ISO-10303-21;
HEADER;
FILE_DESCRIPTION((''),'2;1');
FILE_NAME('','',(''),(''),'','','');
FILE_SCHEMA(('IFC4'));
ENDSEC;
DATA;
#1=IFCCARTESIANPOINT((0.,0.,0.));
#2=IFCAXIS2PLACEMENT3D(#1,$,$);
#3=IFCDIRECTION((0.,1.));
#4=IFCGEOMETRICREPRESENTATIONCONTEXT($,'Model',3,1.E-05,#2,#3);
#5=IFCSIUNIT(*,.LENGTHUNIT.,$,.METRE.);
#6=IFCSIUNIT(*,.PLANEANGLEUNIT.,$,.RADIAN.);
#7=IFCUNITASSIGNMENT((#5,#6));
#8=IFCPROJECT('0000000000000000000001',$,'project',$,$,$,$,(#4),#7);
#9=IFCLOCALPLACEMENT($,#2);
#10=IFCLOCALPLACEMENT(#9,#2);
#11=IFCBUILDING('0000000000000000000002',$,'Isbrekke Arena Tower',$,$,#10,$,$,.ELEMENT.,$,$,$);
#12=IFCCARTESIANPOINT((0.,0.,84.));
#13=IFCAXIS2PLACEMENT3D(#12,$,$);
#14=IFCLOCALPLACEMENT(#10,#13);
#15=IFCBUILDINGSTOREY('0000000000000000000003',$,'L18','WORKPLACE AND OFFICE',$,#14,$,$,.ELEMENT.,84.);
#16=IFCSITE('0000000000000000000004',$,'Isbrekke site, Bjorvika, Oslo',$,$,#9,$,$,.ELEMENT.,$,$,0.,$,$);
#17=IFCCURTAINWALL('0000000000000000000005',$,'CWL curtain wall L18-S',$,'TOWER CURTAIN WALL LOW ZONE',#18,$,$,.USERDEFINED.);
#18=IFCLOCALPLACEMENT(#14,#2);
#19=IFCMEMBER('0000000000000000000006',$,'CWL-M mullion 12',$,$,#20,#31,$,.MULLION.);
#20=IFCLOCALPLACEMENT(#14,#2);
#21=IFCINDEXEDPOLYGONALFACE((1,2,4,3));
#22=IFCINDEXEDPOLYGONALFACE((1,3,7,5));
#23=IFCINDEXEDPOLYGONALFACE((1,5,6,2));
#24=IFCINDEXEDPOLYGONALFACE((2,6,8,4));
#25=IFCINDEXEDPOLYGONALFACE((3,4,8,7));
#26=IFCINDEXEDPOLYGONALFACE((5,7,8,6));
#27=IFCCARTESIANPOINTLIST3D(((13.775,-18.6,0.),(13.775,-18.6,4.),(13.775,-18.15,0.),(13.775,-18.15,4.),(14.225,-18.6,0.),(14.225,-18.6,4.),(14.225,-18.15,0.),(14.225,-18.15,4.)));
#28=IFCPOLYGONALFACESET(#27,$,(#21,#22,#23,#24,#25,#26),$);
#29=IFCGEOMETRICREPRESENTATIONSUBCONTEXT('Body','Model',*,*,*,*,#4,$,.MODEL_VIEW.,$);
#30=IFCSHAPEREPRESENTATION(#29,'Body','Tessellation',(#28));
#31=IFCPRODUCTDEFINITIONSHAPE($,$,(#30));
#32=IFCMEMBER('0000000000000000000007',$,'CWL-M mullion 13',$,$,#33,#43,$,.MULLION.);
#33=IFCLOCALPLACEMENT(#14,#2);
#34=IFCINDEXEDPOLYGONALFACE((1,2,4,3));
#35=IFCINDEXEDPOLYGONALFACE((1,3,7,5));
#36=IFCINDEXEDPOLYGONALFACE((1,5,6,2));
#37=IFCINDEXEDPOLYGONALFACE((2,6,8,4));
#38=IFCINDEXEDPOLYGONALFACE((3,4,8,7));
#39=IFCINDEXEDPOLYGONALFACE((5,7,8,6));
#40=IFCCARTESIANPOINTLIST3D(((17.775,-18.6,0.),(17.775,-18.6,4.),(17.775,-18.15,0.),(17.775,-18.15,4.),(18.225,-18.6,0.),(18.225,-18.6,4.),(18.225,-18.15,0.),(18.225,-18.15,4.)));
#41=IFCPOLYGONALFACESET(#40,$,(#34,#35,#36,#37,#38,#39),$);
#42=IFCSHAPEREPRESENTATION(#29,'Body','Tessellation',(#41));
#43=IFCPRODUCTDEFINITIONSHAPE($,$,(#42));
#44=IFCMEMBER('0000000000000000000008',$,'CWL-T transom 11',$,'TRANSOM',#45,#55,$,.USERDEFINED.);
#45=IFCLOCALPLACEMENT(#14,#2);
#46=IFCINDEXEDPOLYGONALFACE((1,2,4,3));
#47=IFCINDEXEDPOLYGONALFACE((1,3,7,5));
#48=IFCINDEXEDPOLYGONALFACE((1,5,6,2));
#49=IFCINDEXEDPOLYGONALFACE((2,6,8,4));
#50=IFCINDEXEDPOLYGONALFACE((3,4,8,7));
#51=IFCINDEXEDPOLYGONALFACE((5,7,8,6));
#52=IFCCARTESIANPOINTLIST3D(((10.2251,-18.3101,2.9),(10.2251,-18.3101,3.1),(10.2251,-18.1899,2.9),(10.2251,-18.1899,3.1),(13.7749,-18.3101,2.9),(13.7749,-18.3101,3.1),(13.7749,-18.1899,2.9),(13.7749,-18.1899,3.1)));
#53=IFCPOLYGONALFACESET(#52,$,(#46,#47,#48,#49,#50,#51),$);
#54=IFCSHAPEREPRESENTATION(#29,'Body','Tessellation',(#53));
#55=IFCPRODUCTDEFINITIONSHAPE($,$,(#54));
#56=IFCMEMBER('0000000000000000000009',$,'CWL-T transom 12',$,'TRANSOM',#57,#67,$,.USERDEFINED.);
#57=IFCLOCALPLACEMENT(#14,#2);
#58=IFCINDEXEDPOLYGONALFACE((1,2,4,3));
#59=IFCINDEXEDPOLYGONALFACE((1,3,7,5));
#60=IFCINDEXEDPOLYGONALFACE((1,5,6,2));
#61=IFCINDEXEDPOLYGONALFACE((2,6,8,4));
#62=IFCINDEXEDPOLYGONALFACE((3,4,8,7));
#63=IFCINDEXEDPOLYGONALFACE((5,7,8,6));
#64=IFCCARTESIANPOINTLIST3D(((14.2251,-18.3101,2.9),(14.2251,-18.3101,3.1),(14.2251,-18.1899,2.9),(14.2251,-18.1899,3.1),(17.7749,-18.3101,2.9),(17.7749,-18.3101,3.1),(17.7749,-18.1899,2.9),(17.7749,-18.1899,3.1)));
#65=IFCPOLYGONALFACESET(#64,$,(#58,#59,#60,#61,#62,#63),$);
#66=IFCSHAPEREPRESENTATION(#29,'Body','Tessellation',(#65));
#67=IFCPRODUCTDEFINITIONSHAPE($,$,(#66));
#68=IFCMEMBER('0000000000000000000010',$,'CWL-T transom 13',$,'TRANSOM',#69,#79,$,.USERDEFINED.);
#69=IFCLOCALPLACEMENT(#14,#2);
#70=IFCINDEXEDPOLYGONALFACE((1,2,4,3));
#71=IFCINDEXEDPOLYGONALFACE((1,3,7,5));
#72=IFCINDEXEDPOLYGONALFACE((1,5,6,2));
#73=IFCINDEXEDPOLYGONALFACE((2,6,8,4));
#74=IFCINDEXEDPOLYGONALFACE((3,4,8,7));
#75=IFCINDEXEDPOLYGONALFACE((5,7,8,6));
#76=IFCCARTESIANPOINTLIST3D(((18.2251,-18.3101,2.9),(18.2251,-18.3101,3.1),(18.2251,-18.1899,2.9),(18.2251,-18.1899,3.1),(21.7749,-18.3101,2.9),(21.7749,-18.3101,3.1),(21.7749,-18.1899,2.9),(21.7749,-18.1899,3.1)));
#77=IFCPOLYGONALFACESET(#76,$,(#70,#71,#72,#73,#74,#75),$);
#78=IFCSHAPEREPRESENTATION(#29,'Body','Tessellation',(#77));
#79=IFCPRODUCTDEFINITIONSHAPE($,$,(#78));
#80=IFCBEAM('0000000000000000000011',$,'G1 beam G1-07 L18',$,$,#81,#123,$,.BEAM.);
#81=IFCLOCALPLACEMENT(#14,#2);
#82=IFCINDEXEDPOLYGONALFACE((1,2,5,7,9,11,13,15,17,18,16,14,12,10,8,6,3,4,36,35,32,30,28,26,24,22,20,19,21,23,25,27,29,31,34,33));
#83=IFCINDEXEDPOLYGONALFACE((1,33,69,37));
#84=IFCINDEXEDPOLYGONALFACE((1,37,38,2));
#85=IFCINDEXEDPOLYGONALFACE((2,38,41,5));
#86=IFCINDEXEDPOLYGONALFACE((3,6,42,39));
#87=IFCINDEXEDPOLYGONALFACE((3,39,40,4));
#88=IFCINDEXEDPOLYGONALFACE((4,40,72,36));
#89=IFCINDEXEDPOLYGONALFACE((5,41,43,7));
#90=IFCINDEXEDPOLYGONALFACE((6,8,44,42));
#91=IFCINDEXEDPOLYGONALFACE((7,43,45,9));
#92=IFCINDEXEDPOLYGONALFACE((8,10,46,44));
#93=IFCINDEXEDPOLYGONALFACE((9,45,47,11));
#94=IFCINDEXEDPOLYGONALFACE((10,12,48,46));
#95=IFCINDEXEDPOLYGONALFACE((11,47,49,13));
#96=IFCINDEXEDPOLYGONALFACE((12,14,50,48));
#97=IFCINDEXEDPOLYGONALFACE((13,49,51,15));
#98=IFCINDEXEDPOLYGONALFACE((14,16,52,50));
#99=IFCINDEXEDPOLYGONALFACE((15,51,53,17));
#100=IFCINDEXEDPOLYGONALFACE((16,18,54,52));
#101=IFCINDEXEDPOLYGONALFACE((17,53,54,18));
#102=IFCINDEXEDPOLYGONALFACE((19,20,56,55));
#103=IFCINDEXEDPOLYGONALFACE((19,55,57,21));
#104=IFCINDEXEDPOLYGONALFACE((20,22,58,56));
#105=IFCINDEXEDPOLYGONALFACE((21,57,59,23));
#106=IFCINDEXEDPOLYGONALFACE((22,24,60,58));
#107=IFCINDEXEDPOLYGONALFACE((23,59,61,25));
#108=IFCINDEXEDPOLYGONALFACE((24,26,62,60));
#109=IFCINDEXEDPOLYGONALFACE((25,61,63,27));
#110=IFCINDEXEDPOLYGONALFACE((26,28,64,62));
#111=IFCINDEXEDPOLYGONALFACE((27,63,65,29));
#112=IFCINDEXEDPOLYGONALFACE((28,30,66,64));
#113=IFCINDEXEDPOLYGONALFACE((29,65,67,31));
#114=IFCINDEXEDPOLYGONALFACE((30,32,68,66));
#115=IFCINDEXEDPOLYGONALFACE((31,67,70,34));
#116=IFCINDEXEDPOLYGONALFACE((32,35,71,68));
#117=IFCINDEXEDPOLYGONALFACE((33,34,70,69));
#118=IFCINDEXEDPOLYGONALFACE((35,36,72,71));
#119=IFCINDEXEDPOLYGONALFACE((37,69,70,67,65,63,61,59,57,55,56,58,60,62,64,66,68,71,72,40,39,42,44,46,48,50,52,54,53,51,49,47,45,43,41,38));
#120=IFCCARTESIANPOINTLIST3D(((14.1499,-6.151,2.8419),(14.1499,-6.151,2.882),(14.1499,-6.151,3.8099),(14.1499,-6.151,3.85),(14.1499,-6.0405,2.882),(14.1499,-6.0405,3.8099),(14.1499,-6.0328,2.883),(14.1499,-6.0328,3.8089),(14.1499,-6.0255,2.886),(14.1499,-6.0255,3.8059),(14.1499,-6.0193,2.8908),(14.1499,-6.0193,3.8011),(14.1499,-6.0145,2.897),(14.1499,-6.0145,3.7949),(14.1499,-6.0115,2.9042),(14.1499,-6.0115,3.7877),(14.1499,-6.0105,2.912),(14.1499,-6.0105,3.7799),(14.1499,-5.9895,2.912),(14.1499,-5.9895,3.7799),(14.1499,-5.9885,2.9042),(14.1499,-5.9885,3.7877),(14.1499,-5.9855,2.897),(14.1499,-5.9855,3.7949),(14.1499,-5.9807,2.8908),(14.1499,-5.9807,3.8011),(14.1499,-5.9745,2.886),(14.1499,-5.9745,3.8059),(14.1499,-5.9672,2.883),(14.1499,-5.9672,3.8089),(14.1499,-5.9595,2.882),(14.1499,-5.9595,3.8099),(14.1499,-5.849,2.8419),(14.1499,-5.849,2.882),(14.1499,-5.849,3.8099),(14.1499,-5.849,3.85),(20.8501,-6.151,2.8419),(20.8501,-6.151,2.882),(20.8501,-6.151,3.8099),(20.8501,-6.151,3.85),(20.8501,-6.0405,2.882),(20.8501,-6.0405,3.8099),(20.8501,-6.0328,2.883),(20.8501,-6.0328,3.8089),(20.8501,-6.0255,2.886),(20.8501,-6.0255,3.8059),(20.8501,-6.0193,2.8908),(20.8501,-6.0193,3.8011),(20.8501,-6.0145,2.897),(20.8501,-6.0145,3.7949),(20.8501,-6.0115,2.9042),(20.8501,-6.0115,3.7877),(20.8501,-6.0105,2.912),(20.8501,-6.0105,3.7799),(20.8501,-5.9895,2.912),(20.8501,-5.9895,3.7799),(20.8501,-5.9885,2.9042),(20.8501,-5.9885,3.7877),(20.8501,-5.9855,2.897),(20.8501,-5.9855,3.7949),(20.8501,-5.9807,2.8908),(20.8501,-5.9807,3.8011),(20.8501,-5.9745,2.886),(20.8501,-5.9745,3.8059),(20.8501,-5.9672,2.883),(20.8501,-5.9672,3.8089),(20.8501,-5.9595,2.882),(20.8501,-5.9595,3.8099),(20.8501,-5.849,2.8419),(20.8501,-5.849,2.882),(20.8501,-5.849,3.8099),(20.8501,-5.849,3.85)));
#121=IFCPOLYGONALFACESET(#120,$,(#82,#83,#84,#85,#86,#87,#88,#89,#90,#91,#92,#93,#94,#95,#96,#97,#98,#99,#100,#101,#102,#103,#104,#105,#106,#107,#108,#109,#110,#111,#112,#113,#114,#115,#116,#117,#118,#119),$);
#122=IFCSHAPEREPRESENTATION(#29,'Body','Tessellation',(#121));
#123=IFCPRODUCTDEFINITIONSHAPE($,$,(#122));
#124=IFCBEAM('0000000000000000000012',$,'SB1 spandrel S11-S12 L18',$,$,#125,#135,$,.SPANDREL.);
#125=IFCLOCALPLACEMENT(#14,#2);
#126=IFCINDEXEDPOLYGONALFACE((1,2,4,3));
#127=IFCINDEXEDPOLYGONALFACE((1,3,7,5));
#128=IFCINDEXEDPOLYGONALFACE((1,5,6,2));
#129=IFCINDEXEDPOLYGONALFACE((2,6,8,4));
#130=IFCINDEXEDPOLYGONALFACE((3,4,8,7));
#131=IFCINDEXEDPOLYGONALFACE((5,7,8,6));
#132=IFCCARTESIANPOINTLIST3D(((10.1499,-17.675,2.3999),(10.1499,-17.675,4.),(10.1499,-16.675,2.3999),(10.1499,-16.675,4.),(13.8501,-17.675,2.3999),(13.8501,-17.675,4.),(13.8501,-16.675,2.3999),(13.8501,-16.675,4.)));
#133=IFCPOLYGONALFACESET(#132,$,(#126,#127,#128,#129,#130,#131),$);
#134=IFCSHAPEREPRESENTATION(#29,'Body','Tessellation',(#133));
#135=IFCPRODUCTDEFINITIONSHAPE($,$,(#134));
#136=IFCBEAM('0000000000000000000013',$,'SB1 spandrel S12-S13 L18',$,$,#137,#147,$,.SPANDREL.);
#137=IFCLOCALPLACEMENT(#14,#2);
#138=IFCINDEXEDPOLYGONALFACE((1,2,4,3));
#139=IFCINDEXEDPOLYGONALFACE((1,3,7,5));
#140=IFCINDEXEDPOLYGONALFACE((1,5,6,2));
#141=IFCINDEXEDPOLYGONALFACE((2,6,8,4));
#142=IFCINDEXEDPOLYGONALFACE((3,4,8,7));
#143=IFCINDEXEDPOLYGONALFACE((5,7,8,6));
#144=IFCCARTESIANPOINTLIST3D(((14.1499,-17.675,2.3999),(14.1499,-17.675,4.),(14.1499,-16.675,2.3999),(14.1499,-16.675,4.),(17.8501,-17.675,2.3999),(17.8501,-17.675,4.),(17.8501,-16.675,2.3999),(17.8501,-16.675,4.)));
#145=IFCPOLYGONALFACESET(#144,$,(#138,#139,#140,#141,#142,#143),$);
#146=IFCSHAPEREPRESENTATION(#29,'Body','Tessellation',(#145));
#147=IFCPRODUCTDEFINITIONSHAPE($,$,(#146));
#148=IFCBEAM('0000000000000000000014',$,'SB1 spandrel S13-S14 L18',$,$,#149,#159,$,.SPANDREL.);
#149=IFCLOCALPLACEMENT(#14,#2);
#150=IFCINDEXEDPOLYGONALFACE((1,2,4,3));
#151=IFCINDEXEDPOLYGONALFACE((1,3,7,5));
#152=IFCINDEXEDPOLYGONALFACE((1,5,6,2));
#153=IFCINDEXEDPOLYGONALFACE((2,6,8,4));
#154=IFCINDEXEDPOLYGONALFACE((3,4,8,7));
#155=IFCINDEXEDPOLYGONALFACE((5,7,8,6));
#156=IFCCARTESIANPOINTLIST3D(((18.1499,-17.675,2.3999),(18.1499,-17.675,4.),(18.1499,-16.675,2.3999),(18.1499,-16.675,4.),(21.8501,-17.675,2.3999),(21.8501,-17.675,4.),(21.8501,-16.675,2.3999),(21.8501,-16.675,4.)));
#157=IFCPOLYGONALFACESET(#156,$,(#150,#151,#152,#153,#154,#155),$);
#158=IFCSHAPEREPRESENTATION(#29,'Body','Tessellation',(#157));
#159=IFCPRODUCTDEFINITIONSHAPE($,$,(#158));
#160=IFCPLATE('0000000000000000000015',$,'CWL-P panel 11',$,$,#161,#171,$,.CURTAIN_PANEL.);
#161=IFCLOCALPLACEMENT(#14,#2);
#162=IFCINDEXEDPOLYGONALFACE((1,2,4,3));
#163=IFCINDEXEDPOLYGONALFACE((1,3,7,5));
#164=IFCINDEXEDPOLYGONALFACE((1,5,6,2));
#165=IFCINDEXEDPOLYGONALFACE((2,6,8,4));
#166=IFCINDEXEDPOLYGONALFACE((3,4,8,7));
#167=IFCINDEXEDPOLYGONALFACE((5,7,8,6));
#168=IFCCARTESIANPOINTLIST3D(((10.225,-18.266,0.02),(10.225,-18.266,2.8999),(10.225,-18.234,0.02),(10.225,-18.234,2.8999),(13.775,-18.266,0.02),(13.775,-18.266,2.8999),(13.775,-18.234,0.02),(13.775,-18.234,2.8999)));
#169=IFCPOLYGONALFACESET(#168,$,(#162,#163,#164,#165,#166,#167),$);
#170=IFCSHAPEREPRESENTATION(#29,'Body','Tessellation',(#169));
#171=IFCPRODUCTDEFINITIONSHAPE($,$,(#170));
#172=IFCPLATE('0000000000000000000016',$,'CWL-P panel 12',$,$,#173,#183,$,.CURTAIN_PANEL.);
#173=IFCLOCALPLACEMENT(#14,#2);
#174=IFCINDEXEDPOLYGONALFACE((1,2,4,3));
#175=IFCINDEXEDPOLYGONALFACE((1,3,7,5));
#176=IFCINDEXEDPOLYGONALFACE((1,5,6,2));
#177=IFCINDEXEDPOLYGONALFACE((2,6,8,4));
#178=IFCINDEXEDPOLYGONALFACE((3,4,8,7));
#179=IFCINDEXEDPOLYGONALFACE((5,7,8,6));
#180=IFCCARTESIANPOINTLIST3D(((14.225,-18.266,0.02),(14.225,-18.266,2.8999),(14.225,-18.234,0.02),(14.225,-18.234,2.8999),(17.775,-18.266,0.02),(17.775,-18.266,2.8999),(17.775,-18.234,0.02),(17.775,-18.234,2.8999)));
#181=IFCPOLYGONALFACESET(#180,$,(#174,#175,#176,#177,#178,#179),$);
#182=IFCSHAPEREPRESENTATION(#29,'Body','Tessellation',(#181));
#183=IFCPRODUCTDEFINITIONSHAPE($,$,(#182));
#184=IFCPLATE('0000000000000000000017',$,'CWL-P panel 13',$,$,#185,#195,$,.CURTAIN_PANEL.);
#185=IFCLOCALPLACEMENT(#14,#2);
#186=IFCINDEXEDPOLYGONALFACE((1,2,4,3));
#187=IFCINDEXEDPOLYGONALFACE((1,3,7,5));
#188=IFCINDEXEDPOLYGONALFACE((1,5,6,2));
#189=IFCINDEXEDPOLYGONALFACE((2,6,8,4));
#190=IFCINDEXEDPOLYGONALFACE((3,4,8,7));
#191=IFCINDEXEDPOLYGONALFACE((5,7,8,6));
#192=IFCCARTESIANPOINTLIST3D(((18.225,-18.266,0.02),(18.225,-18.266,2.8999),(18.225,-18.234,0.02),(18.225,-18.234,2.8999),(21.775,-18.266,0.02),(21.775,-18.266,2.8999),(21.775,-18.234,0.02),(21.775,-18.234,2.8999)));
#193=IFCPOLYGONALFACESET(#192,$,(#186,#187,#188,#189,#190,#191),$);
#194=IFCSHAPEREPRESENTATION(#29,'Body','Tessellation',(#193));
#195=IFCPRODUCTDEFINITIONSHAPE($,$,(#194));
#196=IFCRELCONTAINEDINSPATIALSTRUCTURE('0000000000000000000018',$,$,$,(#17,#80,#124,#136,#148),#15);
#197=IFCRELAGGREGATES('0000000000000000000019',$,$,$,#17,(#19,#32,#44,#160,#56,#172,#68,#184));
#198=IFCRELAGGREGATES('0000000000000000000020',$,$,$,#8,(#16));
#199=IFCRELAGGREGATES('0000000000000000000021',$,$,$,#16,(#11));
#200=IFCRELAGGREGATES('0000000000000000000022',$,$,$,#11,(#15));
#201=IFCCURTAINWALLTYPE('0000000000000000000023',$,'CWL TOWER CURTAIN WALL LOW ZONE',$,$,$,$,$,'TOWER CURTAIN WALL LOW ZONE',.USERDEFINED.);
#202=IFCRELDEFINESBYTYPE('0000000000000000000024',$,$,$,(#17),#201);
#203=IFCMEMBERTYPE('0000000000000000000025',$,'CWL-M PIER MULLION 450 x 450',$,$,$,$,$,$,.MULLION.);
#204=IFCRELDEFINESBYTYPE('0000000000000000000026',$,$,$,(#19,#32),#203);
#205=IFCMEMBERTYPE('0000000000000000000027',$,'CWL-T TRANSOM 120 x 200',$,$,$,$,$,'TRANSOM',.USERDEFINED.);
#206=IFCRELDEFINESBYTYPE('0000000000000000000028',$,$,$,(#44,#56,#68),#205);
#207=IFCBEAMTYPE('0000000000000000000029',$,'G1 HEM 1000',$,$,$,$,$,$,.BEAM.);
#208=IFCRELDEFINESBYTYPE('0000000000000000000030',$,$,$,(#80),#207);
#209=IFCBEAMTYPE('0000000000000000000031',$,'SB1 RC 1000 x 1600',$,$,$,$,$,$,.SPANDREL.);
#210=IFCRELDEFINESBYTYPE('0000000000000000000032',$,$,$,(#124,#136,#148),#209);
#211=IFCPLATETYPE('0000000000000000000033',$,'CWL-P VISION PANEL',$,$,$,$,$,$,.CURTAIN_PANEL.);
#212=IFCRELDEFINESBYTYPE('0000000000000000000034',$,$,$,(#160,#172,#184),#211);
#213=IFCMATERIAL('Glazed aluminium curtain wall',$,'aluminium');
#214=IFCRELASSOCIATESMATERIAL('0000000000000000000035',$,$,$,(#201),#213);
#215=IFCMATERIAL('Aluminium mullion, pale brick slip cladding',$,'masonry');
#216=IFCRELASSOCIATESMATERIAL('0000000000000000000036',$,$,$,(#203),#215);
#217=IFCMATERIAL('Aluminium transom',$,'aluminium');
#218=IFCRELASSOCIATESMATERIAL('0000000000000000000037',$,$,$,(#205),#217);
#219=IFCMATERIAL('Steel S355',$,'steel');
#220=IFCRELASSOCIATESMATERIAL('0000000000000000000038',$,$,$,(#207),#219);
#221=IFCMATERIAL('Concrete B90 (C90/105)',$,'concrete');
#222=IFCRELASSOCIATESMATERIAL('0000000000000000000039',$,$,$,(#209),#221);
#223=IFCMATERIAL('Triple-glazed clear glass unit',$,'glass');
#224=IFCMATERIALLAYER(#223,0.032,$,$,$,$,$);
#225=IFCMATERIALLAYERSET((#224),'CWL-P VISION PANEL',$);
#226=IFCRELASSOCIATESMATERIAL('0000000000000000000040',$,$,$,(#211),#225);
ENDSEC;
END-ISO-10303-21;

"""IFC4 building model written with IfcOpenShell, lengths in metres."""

from ifc_helpers import new_model, si_unit, direction, frame, origin, origin_2d, place, context, subcontext, project, spatial, rectangle, i_section, extrude, material, layer, layer_set, material_profile, profile_set, type_object, element, aggregate, save


model = new_model("IFC4")

# Units and contexts
model_context = context("Model", 3, precision=1e-05, world=origin(), true_north=direction((0.0, 1.0)))
body_context = subcontext(model_context, "Body", "Model", "MODEL_VIEW")
ifc_project = project(units=[si_unit("LENGTHUNIT", "METRE"), si_unit("PLANEANGLEUNIT", "RADIAN")], contexts=[model_context])

# Site, building, storey
site_placement = place(None, origin())
site = spatial("IfcSite", under=ifc_project, at=site_placement, Name="Isbrekke site, Bjorvika, Oslo", CompositionType="ELEMENT", RefElevation=0.0)
building_placement = place(site_placement, origin())
building = spatial("IfcBuilding", under=site, at=building_placement, Name="Isbrekke Arena Tower", CompositionType="ELEMENT")
storey_placement = place(building_placement, frame((0.0, 0.0, 84.0)))
storey = spatial("IfcBuildingStorey", under=building, at=storey_placement, Name="L18", Description="WORKPLACE AND OFFICE", CompositionType="ELEMENT", Elevation=84.0)

# Curtain wall, members
ifc_material_1 = material(Name="Glazed aluminium curtain wall", Category="aluminium")
curtain_wall_type = type_object("IfcCurtainWallType", Name="CWL TOWER CURTAIN WALL LOW ZONE", ElementType="TOWER CURTAIN WALL LOW ZONE", PredefinedType="USERDEFINED", material=ifc_material_1)
curtain_wall_placement = place(storey_placement, origin())
curtain_wall = element("IfcCurtainWall", 1, at=curtain_wall_placement, inside=storey, type_object=curtain_wall_type, Name="CWL curtain wall L18-S", ObjectType="TOWER CURTAIN WALL LOW ZONE", PredefinedType="USERDEFINED")
ifc_material_2 = material(Name="Aluminium mullion, pale brick slip cladding", Category="masonry")
ifc_material_profile_1 = material_profile(ifc_material_2, rectangle(XDim=0.45, YDim=0.45, at=origin_2d()), Name="PIER 450X450")
ifc_profile_set_1 = profile_set([ifc_material_profile_1], Name="Aluminium mullion, pale brick slip cladding")
member_type_1 = type_object("IfcMemberType", Name="CWL-M PIER MULLION 450 x 450", PredefinedType="MULLION", material=ifc_profile_set_1)
member_1_placement = place(storey_placement, frame((14.0, -18.375, 0.0), z_axis=(0.0, 0.0, 1.0), x_axis=(1.0, 0.0, 0.0)))
member_1 = element("IfcMember", 2, at=member_1_placement, type_object=member_type_1, Name="CWL-M mullion 12", PredefinedType="MULLION", context=body_context, shape_type="SweptSolid", body=[
    extrude(rectangle(XDim=0.45, YDim=0.45, at=origin_2d()), origin(), (0.0, 0.0, 1.0), 4.0),
])
member_2_placement = place(storey_placement, frame((18.0, -18.375, 0.0), z_axis=(0.0, 0.0, 1.0), x_axis=(1.0, 0.0, 0.0)))
member_2 = element("IfcMember", 3, at=member_2_placement, type_object=member_type_1, Name="CWL-M mullion 13", PredefinedType="MULLION", context=body_context, shape_type="SweptSolid", body=[
    extrude(rectangle(XDim=0.45, YDim=0.45, at=origin_2d()), origin(), (0.0, 0.0, 1.0), 4.0),
])
ifc_material_3 = material(Name="Aluminium transom", Category="aluminium")
ifc_material_profile_2 = material_profile(ifc_material_3, rectangle(XDim=0.1201, YDim=0.2, at=origin_2d()), Name="TRANSOM 120X200")
ifc_profile_set_2 = profile_set([ifc_material_profile_2], Name="Aluminium transom")
member_type_2 = type_object("IfcMemberType", Name="CWL-T TRANSOM 120 x 200", ElementType="TRANSOM", PredefinedType="USERDEFINED", material=ifc_profile_set_2)
member_3_placement = place(storey_placement, frame((10.2251, -18.25, 3.0), z_axis=(1.0, 0.0, 0.0), x_axis=(0.0, 1.0, 0.0)))
member_3 = element("IfcMember", 4, at=member_3_placement, type_object=member_type_2, Name="CWL-T transom 11", ObjectType="TRANSOM", PredefinedType="USERDEFINED", context=body_context, shape_type="SweptSolid", body=[
    extrude(rectangle(XDim=0.1201, YDim=0.2, at=origin_2d()), origin(), (0.0, 0.0, 1.0), 3.5498),
])
member_4_placement = place(storey_placement, frame((14.2251, -18.25, 3.0), z_axis=(1.0, 0.0, 0.0), x_axis=(0.0, 1.0, 0.0)))
member_4 = element("IfcMember", 5, at=member_4_placement, type_object=member_type_2, Name="CWL-T transom 12", ObjectType="TRANSOM", PredefinedType="USERDEFINED", context=body_context, shape_type="SweptSolid", body=[
    extrude(rectangle(XDim=0.1201, YDim=0.2, at=origin_2d()), origin(), (0.0, 0.0, 1.0), 3.5498),
])
member_5_placement = place(storey_placement, frame((18.2251, -18.25, 3.0), z_axis=(1.0, 0.0, 0.0), x_axis=(0.0, 1.0, 0.0)))
member_5 = element("IfcMember", 6, at=member_5_placement, type_object=member_type_2, Name="CWL-T transom 13", ObjectType="TRANSOM", PredefinedType="USERDEFINED", context=body_context, shape_type="SweptSolid", body=[
    extrude(rectangle(XDim=0.1201, YDim=0.2, at=origin_2d()), origin(), (0.0, 0.0, 1.0), 3.5498),
])

# Beams
ifc_material_4 = material(Name="Steel S355", Category="steel")
ifc_material_profile_3 = material_profile(ifc_material_4, i_section(OverallWidth=0.302, OverallDepth=1.0081, WebThickness=0.021, FlangeThickness=0.04, FilletRadius=0.03, at=origin_2d()), Name="HEM 1000")
ifc_profile_set_3 = profile_set([ifc_material_profile_3], Name="Steel S355")
beam_type_1 = type_object("IfcBeamType", Name="G1 HEM 1000", PredefinedType="BEAM", material=ifc_profile_set_3)
beam_1_placement = place(storey_placement, frame((14.1499, -6.0, 3.3459), z_axis=(1.0, 0.0, 0.0), x_axis=(0.0, 1.0, 0.0)))
element("IfcBeam", 7, at=beam_1_placement, inside=storey, type_object=beam_type_1, Name="G1 beam G1-07 L18", PredefinedType="BEAM", context=body_context, shape_type="SweptSolid", body=[
    extrude(i_section(OverallWidth=0.302, OverallDepth=1.0081, WebThickness=0.021, FlangeThickness=0.04, FilletRadius=0.03, at=origin_2d()), origin(), (0.0, 0.0, 1.0), 6.7002),
])
ifc_material_5 = material(Name="Concrete B90 (C90/105)", Category="concrete")
ifc_material_profile_4 = material_profile(ifc_material_5, rectangle(XDim=1.0, YDim=1.6001, at=origin_2d()), Name="RC 1000x1600")
ifc_profile_set_4 = profile_set([ifc_material_profile_4], Name="Concrete B90 (C90/105)")
beam_type_2 = type_object("IfcBeamType", Name="SB1 RC 1000 x 1600", PredefinedType="SPANDREL", material=ifc_profile_set_4)
for number, where, z_axis, x_axis, name in (
    (8, (10.1499, -17.175, 3.2), (1.0, 0.0, 0.0), (0.0, 1.0, 0.0), "SB1 spandrel S11-S12 L18"),
    (9, (14.1499, -17.175, 3.2), (1.0, 0.0, 0.0), (0.0, 1.0, 0.0), "SB1 spandrel S12-S13 L18"),
    (10, (18.1499, -17.175, 3.2), (1.0, 0.0, 0.0), (0.0, 1.0, 0.0), "SB1 spandrel S13-S14 L18"),
):
    element("IfcBeam", number, at=place(storey_placement, frame(where, z_axis=z_axis, x_axis=x_axis)), inside=storey, type_object=beam_type_2, Name=name, PredefinedType="SPANDREL", context=body_context, shape_type="SweptSolid", body=[
        extrude(rectangle(XDim=1.0, YDim=1.6001, at=origin_2d()), origin(), (0.0, 0.0, 1.0), 3.7002),
    ])

# Plates
ifc_material_6 = material(Name="Triple-glazed clear glass unit", Category="glass")
ifc_layer_1 = layer(ifc_material_6, 0.032)
ifc_layer_set_1 = layer_set([ifc_layer_1], Name="CWL-P VISION PANEL")
plate_type = type_object("IfcPlateType", Name="CWL-P VISION PANEL", PredefinedType="CURTAIN_PANEL", material=ifc_layer_set_1)
plate_1_placement = place(storey_placement, frame((12.0, -18.25, 0.02), z_axis=(0.0, 0.0, 1.0), x_axis=(1.0, 0.0, 0.0)))
plate_1 = element("IfcPlate", 11, at=plate_1_placement, type_object=plate_type, Name="CWL-P panel 11", PredefinedType="CURTAIN_PANEL", context=body_context, shape_type="SweptSolid", body=[
    extrude(rectangle(XDim=3.55, YDim=0.032, at=origin_2d()), origin(), (0.0, 0.0, 1.0), 2.8799),
])
plate_2_placement = place(storey_placement, frame((16.0, -18.25, 0.02), z_axis=(0.0, 0.0, 1.0), x_axis=(1.0, 0.0, 0.0)))
plate_2 = element("IfcPlate", 12, at=plate_2_placement, type_object=plate_type, Name="CWL-P panel 12", PredefinedType="CURTAIN_PANEL", context=body_context, shape_type="SweptSolid", body=[
    extrude(rectangle(XDim=3.55, YDim=0.032, at=origin_2d()), origin(), (0.0, 0.0, 1.0), 2.8799),
])
plate_3_placement = place(storey_placement, frame((20.0, -18.25, 0.02), z_axis=(0.0, 0.0, 1.0), x_axis=(1.0, 0.0, 0.0)))
plate_3 = element("IfcPlate", 13, at=plate_3_placement, type_object=plate_type, Name="CWL-P panel 13", PredefinedType="CURTAIN_PANEL", context=body_context, shape_type="SweptSolid", body=[
    extrude(rectangle(XDim=3.55, YDim=0.032, at=origin_2d()), origin(), (0.0, 0.0, 1.0), 2.8799),
])
aggregate(curtain_wall, [member_1, member_2, member_3, plate_1, member_4, plate_2, member_5, plate_3])

save(model, "model.ifc")
